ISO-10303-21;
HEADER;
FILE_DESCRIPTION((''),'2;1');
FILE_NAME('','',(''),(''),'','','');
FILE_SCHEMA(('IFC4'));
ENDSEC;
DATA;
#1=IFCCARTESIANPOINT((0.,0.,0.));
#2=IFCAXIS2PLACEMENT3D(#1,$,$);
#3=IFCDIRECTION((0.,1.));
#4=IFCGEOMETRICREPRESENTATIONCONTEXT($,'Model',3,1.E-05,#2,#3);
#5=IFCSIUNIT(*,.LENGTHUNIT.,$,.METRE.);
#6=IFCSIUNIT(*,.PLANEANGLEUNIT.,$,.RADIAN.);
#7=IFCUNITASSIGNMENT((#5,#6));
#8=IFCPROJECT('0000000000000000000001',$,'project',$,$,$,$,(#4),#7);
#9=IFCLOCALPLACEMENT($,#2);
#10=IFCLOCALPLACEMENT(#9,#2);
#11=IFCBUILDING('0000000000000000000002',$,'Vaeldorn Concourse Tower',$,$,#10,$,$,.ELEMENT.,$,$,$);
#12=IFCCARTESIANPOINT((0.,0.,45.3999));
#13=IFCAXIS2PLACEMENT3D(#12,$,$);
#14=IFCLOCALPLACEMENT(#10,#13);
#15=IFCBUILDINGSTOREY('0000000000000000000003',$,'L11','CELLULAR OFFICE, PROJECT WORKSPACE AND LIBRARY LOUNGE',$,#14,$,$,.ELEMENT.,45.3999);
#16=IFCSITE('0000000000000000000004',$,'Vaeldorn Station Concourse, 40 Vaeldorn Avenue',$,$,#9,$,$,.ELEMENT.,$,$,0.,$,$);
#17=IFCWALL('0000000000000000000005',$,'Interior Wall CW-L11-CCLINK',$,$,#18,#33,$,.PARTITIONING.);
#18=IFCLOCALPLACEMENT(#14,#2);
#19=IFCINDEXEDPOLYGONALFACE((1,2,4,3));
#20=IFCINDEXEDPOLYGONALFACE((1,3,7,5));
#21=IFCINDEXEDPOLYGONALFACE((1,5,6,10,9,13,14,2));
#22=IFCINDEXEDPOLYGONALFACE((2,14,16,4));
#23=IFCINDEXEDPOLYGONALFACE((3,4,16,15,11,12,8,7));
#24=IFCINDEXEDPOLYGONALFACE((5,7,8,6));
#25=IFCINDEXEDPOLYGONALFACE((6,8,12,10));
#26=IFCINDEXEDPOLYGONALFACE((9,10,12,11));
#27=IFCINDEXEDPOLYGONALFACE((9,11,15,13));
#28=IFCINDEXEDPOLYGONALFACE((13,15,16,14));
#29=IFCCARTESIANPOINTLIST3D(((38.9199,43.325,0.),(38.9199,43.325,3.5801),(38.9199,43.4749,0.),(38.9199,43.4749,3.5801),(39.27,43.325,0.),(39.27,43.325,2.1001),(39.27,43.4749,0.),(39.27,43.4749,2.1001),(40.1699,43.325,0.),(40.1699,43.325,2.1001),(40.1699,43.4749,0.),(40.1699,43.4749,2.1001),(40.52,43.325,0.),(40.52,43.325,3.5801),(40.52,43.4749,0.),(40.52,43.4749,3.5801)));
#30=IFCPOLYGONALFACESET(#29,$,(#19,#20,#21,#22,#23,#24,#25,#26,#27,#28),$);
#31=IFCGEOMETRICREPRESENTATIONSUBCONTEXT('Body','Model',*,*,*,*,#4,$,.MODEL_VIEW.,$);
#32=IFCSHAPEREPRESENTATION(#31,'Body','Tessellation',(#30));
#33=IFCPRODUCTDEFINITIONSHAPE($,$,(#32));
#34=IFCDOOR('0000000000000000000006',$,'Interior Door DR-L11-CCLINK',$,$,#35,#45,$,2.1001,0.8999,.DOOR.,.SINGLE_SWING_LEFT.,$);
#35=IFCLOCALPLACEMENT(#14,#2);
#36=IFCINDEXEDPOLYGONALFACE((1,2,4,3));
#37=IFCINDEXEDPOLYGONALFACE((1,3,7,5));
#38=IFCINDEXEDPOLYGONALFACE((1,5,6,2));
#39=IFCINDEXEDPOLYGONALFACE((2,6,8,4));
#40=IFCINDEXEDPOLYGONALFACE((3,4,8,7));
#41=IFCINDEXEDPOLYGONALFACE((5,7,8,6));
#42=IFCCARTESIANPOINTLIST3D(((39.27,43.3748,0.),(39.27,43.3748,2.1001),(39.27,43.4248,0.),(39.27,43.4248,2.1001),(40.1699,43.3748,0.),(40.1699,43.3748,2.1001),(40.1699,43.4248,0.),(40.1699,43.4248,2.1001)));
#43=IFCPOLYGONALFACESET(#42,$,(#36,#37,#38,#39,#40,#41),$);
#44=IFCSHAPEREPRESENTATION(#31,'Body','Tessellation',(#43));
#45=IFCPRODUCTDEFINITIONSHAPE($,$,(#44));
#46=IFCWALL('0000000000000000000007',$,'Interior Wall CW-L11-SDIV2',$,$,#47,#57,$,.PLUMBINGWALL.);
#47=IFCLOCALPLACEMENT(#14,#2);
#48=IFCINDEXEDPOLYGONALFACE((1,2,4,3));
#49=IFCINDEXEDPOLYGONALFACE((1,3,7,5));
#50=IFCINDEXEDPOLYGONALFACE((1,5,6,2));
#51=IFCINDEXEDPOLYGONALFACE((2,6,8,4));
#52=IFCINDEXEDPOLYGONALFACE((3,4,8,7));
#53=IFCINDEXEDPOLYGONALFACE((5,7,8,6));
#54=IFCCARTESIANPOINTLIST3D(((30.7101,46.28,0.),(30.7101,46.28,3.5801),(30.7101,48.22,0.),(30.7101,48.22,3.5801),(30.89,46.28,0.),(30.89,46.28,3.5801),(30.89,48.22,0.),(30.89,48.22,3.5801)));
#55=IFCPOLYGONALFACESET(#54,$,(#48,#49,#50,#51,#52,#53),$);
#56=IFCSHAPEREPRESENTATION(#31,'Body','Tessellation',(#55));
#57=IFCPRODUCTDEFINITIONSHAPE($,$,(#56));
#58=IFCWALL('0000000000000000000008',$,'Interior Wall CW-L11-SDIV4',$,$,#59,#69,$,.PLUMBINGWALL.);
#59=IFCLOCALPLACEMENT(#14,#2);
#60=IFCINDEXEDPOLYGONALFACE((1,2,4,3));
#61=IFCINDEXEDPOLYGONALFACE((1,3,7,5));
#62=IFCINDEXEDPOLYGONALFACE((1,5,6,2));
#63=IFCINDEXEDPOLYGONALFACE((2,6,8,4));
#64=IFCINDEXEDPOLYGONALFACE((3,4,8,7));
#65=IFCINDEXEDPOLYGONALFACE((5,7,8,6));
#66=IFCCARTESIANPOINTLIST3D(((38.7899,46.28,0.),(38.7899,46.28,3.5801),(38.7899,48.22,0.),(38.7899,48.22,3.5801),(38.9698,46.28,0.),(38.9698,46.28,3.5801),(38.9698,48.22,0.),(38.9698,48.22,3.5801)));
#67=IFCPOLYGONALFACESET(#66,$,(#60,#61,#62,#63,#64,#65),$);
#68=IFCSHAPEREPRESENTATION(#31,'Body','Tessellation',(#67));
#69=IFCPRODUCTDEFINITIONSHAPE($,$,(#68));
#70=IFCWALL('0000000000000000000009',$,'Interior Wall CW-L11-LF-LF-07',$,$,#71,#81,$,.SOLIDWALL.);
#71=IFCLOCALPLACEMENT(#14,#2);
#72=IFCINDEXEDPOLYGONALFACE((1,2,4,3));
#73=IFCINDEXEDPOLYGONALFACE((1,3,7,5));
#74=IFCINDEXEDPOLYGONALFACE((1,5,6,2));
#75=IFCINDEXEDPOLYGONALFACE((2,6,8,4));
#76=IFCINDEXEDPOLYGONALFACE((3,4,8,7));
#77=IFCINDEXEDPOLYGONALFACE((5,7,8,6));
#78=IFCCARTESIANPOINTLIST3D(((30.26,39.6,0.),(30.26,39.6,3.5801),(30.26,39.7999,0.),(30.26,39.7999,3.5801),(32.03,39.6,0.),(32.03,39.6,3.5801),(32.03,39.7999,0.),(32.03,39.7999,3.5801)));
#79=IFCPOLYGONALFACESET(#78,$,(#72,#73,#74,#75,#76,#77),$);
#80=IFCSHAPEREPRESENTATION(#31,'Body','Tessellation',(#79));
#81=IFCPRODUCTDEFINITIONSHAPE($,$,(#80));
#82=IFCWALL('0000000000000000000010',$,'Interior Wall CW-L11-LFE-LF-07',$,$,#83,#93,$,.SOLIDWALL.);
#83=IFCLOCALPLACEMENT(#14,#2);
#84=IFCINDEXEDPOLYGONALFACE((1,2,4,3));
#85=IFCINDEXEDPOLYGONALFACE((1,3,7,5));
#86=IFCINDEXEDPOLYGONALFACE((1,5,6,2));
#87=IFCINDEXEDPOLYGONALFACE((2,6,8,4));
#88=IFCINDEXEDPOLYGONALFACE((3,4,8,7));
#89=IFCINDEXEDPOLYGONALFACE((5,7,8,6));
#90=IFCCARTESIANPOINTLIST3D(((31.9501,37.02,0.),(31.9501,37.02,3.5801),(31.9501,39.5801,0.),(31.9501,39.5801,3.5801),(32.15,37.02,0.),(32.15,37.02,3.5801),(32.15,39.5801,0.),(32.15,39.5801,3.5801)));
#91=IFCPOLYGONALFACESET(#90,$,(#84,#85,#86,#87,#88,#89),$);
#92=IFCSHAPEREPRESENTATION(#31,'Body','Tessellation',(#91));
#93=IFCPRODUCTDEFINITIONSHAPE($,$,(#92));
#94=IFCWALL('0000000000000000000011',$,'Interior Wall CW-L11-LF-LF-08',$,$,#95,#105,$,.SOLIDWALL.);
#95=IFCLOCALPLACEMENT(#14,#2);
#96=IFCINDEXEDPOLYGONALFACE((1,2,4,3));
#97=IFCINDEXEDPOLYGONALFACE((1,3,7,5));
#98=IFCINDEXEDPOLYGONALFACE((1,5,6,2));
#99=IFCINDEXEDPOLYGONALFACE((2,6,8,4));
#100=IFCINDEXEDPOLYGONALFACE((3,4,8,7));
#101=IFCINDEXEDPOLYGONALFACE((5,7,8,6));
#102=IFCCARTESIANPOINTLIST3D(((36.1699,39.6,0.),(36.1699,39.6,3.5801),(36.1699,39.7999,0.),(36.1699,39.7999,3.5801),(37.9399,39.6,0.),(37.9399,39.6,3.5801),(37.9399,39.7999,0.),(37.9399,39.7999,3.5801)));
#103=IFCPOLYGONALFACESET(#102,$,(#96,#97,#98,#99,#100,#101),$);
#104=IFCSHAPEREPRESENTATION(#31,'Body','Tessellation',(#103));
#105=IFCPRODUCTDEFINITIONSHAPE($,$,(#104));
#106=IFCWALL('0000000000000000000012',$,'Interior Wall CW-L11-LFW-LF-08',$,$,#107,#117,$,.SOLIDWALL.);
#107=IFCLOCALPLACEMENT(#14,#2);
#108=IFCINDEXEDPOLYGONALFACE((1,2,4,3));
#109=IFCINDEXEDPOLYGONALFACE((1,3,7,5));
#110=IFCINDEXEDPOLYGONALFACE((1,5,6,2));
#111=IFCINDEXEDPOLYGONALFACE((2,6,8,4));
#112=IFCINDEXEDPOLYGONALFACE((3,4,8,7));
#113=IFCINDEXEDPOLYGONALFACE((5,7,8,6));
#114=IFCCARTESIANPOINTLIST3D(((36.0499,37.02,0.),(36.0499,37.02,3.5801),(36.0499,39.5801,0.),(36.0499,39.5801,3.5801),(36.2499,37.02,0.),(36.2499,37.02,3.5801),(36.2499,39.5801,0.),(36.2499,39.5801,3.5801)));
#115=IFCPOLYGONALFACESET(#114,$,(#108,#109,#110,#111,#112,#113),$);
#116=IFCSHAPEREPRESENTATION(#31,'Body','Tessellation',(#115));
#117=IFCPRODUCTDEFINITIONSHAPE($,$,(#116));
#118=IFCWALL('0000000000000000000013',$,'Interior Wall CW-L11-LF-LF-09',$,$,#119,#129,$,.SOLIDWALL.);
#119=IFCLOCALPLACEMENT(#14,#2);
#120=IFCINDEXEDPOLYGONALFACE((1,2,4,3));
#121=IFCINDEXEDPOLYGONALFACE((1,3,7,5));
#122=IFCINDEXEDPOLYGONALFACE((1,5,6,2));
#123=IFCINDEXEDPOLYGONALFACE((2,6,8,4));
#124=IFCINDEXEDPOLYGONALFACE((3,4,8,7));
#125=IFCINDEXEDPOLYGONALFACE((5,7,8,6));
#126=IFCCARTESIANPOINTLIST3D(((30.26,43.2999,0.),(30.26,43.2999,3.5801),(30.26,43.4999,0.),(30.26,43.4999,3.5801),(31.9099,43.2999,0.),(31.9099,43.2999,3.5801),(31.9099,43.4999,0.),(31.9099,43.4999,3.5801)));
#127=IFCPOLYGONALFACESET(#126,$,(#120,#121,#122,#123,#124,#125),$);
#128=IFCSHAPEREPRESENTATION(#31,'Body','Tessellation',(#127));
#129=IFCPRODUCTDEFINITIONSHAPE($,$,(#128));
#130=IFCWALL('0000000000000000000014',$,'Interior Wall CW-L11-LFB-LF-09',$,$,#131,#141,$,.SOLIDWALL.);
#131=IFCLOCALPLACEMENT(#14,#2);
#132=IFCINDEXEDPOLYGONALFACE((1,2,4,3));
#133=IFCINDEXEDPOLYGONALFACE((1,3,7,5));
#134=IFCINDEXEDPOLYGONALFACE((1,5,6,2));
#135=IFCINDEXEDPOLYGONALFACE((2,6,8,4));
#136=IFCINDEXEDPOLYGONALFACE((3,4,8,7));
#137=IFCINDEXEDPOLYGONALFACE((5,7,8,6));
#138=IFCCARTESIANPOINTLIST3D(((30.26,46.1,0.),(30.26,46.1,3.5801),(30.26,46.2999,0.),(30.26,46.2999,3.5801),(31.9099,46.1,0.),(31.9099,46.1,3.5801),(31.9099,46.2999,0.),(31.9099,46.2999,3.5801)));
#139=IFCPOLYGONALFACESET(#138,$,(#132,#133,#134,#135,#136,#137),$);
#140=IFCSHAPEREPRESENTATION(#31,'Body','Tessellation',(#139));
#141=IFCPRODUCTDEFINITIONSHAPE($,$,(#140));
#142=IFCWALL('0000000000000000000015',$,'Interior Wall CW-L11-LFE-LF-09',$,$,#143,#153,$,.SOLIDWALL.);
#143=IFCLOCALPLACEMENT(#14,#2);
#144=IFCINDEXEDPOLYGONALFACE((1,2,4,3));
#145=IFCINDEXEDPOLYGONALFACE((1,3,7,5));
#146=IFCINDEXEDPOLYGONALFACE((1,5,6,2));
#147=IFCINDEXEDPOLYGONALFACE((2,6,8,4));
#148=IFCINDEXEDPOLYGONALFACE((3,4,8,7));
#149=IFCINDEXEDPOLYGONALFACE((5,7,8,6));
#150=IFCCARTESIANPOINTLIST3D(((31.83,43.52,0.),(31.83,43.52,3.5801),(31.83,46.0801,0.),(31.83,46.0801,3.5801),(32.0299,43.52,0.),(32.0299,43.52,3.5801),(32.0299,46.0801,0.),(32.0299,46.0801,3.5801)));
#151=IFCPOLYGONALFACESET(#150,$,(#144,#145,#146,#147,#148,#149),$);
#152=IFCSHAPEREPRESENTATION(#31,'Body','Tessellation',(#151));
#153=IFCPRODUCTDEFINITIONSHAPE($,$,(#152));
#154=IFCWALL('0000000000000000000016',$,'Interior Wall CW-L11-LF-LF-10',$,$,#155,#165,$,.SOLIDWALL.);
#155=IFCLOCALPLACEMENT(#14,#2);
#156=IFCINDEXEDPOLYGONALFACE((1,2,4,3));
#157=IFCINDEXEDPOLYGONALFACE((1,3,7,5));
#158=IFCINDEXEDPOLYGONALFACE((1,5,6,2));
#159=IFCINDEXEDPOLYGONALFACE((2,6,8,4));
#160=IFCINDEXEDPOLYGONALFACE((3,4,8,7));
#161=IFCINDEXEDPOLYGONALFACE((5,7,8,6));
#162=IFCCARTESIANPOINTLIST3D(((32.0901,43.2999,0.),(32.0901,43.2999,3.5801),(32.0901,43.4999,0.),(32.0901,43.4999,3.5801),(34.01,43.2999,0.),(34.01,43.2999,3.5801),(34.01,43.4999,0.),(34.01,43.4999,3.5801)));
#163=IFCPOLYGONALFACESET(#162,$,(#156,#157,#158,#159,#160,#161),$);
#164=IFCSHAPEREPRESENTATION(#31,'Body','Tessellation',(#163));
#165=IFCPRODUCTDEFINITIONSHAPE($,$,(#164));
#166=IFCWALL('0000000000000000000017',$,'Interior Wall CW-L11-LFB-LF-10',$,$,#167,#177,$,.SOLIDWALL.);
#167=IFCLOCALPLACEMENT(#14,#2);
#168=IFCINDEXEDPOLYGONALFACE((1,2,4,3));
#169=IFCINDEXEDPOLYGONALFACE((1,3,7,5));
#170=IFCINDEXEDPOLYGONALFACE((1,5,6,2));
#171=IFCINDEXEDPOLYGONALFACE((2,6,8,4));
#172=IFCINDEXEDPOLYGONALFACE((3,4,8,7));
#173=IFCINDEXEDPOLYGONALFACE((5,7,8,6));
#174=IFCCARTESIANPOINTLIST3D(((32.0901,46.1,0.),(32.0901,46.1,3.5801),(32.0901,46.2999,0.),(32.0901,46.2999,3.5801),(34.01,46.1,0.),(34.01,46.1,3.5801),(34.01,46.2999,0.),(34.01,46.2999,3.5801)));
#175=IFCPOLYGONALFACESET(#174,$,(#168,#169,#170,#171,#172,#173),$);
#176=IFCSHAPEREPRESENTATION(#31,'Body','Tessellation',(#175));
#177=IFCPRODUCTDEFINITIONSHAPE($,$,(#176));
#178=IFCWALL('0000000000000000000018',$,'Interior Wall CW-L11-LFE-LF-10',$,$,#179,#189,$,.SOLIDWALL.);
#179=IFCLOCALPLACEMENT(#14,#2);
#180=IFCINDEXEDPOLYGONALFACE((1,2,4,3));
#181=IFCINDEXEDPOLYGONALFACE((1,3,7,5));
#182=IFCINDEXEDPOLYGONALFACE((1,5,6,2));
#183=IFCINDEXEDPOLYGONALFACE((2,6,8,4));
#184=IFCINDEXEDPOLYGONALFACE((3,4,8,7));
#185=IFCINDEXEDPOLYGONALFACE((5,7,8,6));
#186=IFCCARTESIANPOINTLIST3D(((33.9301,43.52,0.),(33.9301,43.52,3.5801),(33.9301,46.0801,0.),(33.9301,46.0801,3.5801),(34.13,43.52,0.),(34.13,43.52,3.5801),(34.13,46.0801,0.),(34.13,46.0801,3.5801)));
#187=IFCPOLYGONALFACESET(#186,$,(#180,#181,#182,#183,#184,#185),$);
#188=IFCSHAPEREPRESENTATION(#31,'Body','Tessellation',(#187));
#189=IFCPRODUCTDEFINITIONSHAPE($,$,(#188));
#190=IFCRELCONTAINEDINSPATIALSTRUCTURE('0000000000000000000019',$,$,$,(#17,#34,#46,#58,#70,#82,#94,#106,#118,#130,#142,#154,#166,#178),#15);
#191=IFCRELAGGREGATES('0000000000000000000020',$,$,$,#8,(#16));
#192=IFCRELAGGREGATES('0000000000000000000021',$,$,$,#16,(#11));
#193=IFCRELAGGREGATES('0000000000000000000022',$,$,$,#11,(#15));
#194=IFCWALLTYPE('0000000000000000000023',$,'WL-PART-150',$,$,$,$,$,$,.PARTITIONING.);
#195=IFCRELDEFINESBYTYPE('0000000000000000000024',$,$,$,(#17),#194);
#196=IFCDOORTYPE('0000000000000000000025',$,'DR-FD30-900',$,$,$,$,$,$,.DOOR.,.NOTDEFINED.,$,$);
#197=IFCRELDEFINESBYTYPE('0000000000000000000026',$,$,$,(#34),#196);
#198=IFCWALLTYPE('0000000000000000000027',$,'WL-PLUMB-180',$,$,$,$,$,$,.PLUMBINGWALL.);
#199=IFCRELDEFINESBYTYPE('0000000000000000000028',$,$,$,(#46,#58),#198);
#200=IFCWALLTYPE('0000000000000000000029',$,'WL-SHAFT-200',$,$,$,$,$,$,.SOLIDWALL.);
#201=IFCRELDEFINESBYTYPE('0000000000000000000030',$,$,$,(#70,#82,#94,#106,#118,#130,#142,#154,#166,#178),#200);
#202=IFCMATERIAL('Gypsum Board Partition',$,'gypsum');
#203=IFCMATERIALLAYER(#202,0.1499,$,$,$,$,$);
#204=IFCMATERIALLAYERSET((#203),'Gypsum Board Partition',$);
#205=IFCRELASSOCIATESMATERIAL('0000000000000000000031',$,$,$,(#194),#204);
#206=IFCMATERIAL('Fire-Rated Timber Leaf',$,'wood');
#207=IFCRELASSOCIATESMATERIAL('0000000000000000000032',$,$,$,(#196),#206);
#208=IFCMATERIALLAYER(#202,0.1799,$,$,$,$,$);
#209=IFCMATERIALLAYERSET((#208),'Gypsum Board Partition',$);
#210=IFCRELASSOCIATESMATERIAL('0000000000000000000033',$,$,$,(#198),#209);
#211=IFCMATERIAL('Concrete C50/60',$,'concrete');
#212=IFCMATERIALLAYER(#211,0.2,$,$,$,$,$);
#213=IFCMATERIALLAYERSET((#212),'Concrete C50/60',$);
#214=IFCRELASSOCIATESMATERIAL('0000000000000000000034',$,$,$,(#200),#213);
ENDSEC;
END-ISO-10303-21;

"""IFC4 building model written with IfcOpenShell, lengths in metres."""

from ifc_helpers import new_model, si_unit, direction, frame, frame_2d, origin, place, context, subcontext, project, spatial, rectangle, extrude, source, transform, mapped, material, layer, layer_set, type_object, element, fill, save


model = new_model("IFC4")

# Units and contexts
model_context = context("Model", 3, precision=1e-05, world=origin(), true_north=direction((0.0, 1.0)))
body_context = subcontext(model_context, "Body", "Model", "MODEL_VIEW")
ifc_project = project(units=[si_unit("LENGTHUNIT", "METRE"), si_unit("PLANEANGLEUNIT", "RADIAN")], contexts=[model_context])

# Site, building, storey
site_placement = place(None, origin())
site = spatial("IfcSite", under=ifc_project, at=site_placement, Name="Vaeldorn Station Concourse, 40 Vaeldorn Avenue", CompositionType="ELEMENT", RefElevation=0.0)
building_placement = place(site_placement, origin())
building = spatial("IfcBuilding", under=site, at=building_placement, Name="Vaeldorn Concourse Tower", CompositionType="ELEMENT")
storey_placement = place(building_placement, frame((0.0, 0.0, 45.3999)))
storey = spatial("IfcBuildingStorey", under=building, at=storey_placement, Name="L11", Description="CELLULAR OFFICE, PROJECT WORKSPACE AND LIBRARY LOUNGE", CompositionType="ELEMENT", Elevation=45.3999)

# Wall, opening, door
ifc_material_1 = material(Name="Gypsum Board Partition", Category="gypsum")
ifc_layer_1 = layer(ifc_material_1, 0.1499)
ifc_layer_set_1 = layer_set([ifc_layer_1], Name="Gypsum Board Partition")
wall_type_1 = type_object("IfcWallType", Name="WL-PART-150", PredefinedType="PARTITIONING", material=ifc_layer_set_1)
wall_1_placement = place(storey_placement, frame((38.9199, 43.3999, 0.0), z_axis=(0.0, 0.0, 1.0), x_axis=(1.0, 0.0, 0.0)))
wall_1 = element("IfcWall", 1, at=wall_1_placement, inside=storey, type_object=wall_type_1, Name="Interior Wall CW-L11-CCLINK", PredefinedType="PARTITIONING", context=body_context, shape_type="SweptSolid", body=[
    extrude(rectangle(XDim=1.6001, YDim=0.1499, at=frame_2d((0.8, 0.0))), origin(), (0.0, 0.0, 1.0), 3.5801),
])
opening_placement = place(wall_1_placement, frame((0.3501, 0.0, 0.0)))
opening = element("IfcOpeningElement", 2, at=opening_placement, cuts=wall_1, PredefinedType="OPENING", context=body_context, shape_type="SweptSolid", body=[
    extrude(rectangle(XDim=0.8999, YDim=2.1001, at=frame_2d((0.45, 1.05))), frame((0.0, 0.085, 0.0), z_axis=(0.0, -1.0, 0.0), x_axis=(1.0, 0.0, 0.0)), (0.0, 0.0, 1.0), 0.1699),
])
ifc_material_2 = material(Name="Fire-Rated Timber Leaf", Category="wood")
door_type = type_object("IfcDoorType", Name="DR-FD30-900", OperationType="NOTDEFINED", PredefinedType="DOOR", material=ifc_material_2)
shared_shape_1 = source(origin(), body_context, "Body", "SweptSolid", [
    extrude(rectangle(XDim=0.8999, YDim=2.1001, at=frame_2d((0.45, 1.05))), frame((0.0, 0.0249, 0.0), z_axis=(0.0, -1.0, 0.0), x_axis=(1.0, 0.0, 0.0)), (0.0, 0.0, 1.0), 0.05),
])
door_placement = place(opening_placement, origin())
door = element("IfcDoor", 3, at=door_placement, inside=storey, type_object=door_type, Name="Interior Door DR-L11-CCLINK", OperationType="SINGLE_SWING_LEFT", OverallHeight=2.1001, OverallWidth=0.8999, PredefinedType="DOOR", context=body_context, shape_type="MappedRepresentation", body=[
    mapped(shared_shape_1, transform((0.0, 0.0, 0.0), scale=1.0)),
])
fill(opening, door)

# Walls
ifc_layer_2 = layer(ifc_material_1, 0.1799)
ifc_layer_set_2 = layer_set([ifc_layer_2], Name="Gypsum Board Partition")
wall_type_2 = type_object("IfcWallType", Name="WL-PLUMB-180", PredefinedType="PLUMBINGWALL", material=ifc_layer_set_2)
for number, where, z_axis, x_axis, name in (
    (4, (30.8, 46.28, 0.0), (0.0, 0.0, 1.0), (0.0, 1.0, 0.0), "Interior Wall CW-L11-SDIV2"),
    (5, (38.8799, 46.28, 0.0), (0.0, 0.0, 1.0), (0.0, 1.0, 0.0), "Interior Wall CW-L11-SDIV4"),
):
    element("IfcWall", number, at=place(storey_placement, frame(where, z_axis=z_axis, x_axis=x_axis)), inside=storey, type_object=wall_type_2, Name=name, PredefinedType="PLUMBINGWALL", context=body_context, shape_type="SweptSolid", body=[
        extrude(rectangle(XDim=1.9399, YDim=0.1799, at=frame_2d((0.97, 0.0))), origin(), (0.0, 0.0, 1.0), 3.5801),
    ])
ifc_material_3 = material(Name="Concrete C50/60", Category="concrete")
ifc_layer_3 = layer(ifc_material_3, 0.2)
ifc_layer_set_3 = layer_set([ifc_layer_3], Name="Concrete C50/60")
wall_type_3 = type_object("IfcWallType", Name="WL-SHAFT-200", PredefinedType="SOLIDWALL", material=ifc_layer_set_3)
wall_2_placement = place(storey_placement, frame((30.26, 39.7, 0.0), z_axis=(0.0, 0.0, 1.0), x_axis=(1.0, 0.0, 0.0)))
element("IfcWall", 6, at=wall_2_placement, inside=storey, type_object=wall_type_3, Name="Interior Wall CW-L11-LF-LF-07", PredefinedType="SOLIDWALL", context=body_context, shape_type="SweptSolid", body=[
    extrude(rectangle(XDim=1.77, YDim=0.2, at=frame_2d((0.885, 0.0))), origin(), (0.0, 0.0, 1.0), 3.5801),
])
wall_3_placement = place(storey_placement, frame((32.05, 37.02, 0.0), z_axis=(0.0, 0.0, 1.0), x_axis=(0.0, 1.0, 0.0)))
element("IfcWall", 7, at=wall_3_placement, inside=storey, type_object=wall_type_3, Name="Interior Wall CW-L11-LFE-LF-07", PredefinedType="SOLIDWALL", context=body_context, shape_type="SweptSolid", body=[
    extrude(rectangle(XDim=2.5601, YDim=0.2, at=frame_2d((1.28, 0.0))), origin(), (0.0, 0.0, 1.0), 3.5801),
])
wall_4_placement = place(storey_placement, frame((36.1699, 39.7, 0.0), z_axis=(0.0, 0.0, 1.0), x_axis=(1.0, 0.0, 0.0)))
element("IfcWall", 8, at=wall_4_placement, inside=storey, type_object=wall_type_3, Name="Interior Wall CW-L11-LF-LF-08", PredefinedType="SOLIDWALL", context=body_context, shape_type="SweptSolid", body=[
    extrude(rectangle(XDim=1.77, YDim=0.2, at=frame_2d((0.885, 0.0))), origin(), (0.0, 0.0, 1.0), 3.5801),
])
wall_5_placement = place(storey_placement, frame((36.1499, 37.02, 0.0), z_axis=(0.0, 0.0, 1.0), x_axis=(0.0, 1.0, 0.0)))
element("IfcWall", 9, at=wall_5_placement, inside=storey, type_object=wall_type_3, Name="Interior Wall CW-L11-LFW-LF-08", PredefinedType="SOLIDWALL", context=body_context, shape_type="SweptSolid", body=[
    extrude(rectangle(XDim=2.5601, YDim=0.2, at=frame_2d((1.28, 0.0))), origin(), (0.0, 0.0, 1.0), 3.5801),
])
for number, where, z_axis, x_axis, name in (
    (10, (30.26, 43.3999, 0.0), (0.0, 0.0, 1.0), (1.0, 0.0, 0.0), "Interior Wall CW-L11-LF-LF-09"),
    (11, (30.26, 46.2, 0.0), (0.0, 0.0, 1.0), (1.0, 0.0, 0.0), "Interior Wall CW-L11-LFB-LF-09"),
):
    element("IfcWall", number, at=place(storey_placement, frame(where, z_axis=z_axis, x_axis=x_axis)), inside=storey, type_object=wall_type_3, Name=name, PredefinedType="SOLIDWALL", context=body_context, shape_type="SweptSolid", body=[
        extrude(rectangle(XDim=1.6499, YDim=0.2, at=frame_2d((0.825, 0.0))), origin(), (0.0, 0.0, 1.0), 3.5801),
    ])
wall_6_placement = place(storey_placement, frame((31.9299, 43.52, 0.0), z_axis=(0.0, 0.0, 1.0), x_axis=(0.0, 1.0, 0.0)))
element("IfcWall", 12, at=wall_6_placement, inside=storey, type_object=wall_type_3, Name="Interior Wall CW-L11-LFE-LF-09", PredefinedType="SOLIDWALL", context=body_context, shape_type="SweptSolid", body=[
    extrude(rectangle(XDim=2.5601, YDim=0.2, at=frame_2d((1.28, 0.0))), origin(), (0.0, 0.0, 1.0), 3.5801),
])
for number, where, z_axis, x_axis, name in (
    (13, (32.0901, 43.3999, 0.0), (0.0, 0.0, 1.0), (1.0, 0.0, 0.0), "Interior Wall CW-L11-LF-LF-10"),
    (14, (32.0901, 46.2, 0.0), (0.0, 0.0, 1.0), (1.0, 0.0, 0.0), "Interior Wall CW-L11-LFB-LF-10"),
):
    element("IfcWall", number, at=place(storey_placement, frame(where, z_axis=z_axis, x_axis=x_axis)), inside=storey, type_object=wall_type_3, Name=name, PredefinedType="SOLIDWALL", context=body_context, shape_type="SweptSolid", body=[
        extrude(rectangle(XDim=1.9199, YDim=0.2, at=frame_2d((0.96, 0.0))), origin(), (0.0, 0.0, 1.0), 3.5801),
    ])
wall_7_placement = place(storey_placement, frame((34.03, 43.52, 0.0), z_axis=(0.0, 0.0, 1.0), x_axis=(0.0, 1.0, 0.0)))
element("IfcWall", 15, at=wall_7_placement, inside=storey, type_object=wall_type_3, Name="Interior Wall CW-L11-LFE-LF-10", PredefinedType="SOLIDWALL", context=body_context, shape_type="SweptSolid", body=[
    extrude(rectangle(XDim=2.5601, YDim=0.2, at=frame_2d((1.28, 0.0))), origin(), (0.0, 0.0, 1.0), 3.5801),
])

save(model, "model.ifc")
